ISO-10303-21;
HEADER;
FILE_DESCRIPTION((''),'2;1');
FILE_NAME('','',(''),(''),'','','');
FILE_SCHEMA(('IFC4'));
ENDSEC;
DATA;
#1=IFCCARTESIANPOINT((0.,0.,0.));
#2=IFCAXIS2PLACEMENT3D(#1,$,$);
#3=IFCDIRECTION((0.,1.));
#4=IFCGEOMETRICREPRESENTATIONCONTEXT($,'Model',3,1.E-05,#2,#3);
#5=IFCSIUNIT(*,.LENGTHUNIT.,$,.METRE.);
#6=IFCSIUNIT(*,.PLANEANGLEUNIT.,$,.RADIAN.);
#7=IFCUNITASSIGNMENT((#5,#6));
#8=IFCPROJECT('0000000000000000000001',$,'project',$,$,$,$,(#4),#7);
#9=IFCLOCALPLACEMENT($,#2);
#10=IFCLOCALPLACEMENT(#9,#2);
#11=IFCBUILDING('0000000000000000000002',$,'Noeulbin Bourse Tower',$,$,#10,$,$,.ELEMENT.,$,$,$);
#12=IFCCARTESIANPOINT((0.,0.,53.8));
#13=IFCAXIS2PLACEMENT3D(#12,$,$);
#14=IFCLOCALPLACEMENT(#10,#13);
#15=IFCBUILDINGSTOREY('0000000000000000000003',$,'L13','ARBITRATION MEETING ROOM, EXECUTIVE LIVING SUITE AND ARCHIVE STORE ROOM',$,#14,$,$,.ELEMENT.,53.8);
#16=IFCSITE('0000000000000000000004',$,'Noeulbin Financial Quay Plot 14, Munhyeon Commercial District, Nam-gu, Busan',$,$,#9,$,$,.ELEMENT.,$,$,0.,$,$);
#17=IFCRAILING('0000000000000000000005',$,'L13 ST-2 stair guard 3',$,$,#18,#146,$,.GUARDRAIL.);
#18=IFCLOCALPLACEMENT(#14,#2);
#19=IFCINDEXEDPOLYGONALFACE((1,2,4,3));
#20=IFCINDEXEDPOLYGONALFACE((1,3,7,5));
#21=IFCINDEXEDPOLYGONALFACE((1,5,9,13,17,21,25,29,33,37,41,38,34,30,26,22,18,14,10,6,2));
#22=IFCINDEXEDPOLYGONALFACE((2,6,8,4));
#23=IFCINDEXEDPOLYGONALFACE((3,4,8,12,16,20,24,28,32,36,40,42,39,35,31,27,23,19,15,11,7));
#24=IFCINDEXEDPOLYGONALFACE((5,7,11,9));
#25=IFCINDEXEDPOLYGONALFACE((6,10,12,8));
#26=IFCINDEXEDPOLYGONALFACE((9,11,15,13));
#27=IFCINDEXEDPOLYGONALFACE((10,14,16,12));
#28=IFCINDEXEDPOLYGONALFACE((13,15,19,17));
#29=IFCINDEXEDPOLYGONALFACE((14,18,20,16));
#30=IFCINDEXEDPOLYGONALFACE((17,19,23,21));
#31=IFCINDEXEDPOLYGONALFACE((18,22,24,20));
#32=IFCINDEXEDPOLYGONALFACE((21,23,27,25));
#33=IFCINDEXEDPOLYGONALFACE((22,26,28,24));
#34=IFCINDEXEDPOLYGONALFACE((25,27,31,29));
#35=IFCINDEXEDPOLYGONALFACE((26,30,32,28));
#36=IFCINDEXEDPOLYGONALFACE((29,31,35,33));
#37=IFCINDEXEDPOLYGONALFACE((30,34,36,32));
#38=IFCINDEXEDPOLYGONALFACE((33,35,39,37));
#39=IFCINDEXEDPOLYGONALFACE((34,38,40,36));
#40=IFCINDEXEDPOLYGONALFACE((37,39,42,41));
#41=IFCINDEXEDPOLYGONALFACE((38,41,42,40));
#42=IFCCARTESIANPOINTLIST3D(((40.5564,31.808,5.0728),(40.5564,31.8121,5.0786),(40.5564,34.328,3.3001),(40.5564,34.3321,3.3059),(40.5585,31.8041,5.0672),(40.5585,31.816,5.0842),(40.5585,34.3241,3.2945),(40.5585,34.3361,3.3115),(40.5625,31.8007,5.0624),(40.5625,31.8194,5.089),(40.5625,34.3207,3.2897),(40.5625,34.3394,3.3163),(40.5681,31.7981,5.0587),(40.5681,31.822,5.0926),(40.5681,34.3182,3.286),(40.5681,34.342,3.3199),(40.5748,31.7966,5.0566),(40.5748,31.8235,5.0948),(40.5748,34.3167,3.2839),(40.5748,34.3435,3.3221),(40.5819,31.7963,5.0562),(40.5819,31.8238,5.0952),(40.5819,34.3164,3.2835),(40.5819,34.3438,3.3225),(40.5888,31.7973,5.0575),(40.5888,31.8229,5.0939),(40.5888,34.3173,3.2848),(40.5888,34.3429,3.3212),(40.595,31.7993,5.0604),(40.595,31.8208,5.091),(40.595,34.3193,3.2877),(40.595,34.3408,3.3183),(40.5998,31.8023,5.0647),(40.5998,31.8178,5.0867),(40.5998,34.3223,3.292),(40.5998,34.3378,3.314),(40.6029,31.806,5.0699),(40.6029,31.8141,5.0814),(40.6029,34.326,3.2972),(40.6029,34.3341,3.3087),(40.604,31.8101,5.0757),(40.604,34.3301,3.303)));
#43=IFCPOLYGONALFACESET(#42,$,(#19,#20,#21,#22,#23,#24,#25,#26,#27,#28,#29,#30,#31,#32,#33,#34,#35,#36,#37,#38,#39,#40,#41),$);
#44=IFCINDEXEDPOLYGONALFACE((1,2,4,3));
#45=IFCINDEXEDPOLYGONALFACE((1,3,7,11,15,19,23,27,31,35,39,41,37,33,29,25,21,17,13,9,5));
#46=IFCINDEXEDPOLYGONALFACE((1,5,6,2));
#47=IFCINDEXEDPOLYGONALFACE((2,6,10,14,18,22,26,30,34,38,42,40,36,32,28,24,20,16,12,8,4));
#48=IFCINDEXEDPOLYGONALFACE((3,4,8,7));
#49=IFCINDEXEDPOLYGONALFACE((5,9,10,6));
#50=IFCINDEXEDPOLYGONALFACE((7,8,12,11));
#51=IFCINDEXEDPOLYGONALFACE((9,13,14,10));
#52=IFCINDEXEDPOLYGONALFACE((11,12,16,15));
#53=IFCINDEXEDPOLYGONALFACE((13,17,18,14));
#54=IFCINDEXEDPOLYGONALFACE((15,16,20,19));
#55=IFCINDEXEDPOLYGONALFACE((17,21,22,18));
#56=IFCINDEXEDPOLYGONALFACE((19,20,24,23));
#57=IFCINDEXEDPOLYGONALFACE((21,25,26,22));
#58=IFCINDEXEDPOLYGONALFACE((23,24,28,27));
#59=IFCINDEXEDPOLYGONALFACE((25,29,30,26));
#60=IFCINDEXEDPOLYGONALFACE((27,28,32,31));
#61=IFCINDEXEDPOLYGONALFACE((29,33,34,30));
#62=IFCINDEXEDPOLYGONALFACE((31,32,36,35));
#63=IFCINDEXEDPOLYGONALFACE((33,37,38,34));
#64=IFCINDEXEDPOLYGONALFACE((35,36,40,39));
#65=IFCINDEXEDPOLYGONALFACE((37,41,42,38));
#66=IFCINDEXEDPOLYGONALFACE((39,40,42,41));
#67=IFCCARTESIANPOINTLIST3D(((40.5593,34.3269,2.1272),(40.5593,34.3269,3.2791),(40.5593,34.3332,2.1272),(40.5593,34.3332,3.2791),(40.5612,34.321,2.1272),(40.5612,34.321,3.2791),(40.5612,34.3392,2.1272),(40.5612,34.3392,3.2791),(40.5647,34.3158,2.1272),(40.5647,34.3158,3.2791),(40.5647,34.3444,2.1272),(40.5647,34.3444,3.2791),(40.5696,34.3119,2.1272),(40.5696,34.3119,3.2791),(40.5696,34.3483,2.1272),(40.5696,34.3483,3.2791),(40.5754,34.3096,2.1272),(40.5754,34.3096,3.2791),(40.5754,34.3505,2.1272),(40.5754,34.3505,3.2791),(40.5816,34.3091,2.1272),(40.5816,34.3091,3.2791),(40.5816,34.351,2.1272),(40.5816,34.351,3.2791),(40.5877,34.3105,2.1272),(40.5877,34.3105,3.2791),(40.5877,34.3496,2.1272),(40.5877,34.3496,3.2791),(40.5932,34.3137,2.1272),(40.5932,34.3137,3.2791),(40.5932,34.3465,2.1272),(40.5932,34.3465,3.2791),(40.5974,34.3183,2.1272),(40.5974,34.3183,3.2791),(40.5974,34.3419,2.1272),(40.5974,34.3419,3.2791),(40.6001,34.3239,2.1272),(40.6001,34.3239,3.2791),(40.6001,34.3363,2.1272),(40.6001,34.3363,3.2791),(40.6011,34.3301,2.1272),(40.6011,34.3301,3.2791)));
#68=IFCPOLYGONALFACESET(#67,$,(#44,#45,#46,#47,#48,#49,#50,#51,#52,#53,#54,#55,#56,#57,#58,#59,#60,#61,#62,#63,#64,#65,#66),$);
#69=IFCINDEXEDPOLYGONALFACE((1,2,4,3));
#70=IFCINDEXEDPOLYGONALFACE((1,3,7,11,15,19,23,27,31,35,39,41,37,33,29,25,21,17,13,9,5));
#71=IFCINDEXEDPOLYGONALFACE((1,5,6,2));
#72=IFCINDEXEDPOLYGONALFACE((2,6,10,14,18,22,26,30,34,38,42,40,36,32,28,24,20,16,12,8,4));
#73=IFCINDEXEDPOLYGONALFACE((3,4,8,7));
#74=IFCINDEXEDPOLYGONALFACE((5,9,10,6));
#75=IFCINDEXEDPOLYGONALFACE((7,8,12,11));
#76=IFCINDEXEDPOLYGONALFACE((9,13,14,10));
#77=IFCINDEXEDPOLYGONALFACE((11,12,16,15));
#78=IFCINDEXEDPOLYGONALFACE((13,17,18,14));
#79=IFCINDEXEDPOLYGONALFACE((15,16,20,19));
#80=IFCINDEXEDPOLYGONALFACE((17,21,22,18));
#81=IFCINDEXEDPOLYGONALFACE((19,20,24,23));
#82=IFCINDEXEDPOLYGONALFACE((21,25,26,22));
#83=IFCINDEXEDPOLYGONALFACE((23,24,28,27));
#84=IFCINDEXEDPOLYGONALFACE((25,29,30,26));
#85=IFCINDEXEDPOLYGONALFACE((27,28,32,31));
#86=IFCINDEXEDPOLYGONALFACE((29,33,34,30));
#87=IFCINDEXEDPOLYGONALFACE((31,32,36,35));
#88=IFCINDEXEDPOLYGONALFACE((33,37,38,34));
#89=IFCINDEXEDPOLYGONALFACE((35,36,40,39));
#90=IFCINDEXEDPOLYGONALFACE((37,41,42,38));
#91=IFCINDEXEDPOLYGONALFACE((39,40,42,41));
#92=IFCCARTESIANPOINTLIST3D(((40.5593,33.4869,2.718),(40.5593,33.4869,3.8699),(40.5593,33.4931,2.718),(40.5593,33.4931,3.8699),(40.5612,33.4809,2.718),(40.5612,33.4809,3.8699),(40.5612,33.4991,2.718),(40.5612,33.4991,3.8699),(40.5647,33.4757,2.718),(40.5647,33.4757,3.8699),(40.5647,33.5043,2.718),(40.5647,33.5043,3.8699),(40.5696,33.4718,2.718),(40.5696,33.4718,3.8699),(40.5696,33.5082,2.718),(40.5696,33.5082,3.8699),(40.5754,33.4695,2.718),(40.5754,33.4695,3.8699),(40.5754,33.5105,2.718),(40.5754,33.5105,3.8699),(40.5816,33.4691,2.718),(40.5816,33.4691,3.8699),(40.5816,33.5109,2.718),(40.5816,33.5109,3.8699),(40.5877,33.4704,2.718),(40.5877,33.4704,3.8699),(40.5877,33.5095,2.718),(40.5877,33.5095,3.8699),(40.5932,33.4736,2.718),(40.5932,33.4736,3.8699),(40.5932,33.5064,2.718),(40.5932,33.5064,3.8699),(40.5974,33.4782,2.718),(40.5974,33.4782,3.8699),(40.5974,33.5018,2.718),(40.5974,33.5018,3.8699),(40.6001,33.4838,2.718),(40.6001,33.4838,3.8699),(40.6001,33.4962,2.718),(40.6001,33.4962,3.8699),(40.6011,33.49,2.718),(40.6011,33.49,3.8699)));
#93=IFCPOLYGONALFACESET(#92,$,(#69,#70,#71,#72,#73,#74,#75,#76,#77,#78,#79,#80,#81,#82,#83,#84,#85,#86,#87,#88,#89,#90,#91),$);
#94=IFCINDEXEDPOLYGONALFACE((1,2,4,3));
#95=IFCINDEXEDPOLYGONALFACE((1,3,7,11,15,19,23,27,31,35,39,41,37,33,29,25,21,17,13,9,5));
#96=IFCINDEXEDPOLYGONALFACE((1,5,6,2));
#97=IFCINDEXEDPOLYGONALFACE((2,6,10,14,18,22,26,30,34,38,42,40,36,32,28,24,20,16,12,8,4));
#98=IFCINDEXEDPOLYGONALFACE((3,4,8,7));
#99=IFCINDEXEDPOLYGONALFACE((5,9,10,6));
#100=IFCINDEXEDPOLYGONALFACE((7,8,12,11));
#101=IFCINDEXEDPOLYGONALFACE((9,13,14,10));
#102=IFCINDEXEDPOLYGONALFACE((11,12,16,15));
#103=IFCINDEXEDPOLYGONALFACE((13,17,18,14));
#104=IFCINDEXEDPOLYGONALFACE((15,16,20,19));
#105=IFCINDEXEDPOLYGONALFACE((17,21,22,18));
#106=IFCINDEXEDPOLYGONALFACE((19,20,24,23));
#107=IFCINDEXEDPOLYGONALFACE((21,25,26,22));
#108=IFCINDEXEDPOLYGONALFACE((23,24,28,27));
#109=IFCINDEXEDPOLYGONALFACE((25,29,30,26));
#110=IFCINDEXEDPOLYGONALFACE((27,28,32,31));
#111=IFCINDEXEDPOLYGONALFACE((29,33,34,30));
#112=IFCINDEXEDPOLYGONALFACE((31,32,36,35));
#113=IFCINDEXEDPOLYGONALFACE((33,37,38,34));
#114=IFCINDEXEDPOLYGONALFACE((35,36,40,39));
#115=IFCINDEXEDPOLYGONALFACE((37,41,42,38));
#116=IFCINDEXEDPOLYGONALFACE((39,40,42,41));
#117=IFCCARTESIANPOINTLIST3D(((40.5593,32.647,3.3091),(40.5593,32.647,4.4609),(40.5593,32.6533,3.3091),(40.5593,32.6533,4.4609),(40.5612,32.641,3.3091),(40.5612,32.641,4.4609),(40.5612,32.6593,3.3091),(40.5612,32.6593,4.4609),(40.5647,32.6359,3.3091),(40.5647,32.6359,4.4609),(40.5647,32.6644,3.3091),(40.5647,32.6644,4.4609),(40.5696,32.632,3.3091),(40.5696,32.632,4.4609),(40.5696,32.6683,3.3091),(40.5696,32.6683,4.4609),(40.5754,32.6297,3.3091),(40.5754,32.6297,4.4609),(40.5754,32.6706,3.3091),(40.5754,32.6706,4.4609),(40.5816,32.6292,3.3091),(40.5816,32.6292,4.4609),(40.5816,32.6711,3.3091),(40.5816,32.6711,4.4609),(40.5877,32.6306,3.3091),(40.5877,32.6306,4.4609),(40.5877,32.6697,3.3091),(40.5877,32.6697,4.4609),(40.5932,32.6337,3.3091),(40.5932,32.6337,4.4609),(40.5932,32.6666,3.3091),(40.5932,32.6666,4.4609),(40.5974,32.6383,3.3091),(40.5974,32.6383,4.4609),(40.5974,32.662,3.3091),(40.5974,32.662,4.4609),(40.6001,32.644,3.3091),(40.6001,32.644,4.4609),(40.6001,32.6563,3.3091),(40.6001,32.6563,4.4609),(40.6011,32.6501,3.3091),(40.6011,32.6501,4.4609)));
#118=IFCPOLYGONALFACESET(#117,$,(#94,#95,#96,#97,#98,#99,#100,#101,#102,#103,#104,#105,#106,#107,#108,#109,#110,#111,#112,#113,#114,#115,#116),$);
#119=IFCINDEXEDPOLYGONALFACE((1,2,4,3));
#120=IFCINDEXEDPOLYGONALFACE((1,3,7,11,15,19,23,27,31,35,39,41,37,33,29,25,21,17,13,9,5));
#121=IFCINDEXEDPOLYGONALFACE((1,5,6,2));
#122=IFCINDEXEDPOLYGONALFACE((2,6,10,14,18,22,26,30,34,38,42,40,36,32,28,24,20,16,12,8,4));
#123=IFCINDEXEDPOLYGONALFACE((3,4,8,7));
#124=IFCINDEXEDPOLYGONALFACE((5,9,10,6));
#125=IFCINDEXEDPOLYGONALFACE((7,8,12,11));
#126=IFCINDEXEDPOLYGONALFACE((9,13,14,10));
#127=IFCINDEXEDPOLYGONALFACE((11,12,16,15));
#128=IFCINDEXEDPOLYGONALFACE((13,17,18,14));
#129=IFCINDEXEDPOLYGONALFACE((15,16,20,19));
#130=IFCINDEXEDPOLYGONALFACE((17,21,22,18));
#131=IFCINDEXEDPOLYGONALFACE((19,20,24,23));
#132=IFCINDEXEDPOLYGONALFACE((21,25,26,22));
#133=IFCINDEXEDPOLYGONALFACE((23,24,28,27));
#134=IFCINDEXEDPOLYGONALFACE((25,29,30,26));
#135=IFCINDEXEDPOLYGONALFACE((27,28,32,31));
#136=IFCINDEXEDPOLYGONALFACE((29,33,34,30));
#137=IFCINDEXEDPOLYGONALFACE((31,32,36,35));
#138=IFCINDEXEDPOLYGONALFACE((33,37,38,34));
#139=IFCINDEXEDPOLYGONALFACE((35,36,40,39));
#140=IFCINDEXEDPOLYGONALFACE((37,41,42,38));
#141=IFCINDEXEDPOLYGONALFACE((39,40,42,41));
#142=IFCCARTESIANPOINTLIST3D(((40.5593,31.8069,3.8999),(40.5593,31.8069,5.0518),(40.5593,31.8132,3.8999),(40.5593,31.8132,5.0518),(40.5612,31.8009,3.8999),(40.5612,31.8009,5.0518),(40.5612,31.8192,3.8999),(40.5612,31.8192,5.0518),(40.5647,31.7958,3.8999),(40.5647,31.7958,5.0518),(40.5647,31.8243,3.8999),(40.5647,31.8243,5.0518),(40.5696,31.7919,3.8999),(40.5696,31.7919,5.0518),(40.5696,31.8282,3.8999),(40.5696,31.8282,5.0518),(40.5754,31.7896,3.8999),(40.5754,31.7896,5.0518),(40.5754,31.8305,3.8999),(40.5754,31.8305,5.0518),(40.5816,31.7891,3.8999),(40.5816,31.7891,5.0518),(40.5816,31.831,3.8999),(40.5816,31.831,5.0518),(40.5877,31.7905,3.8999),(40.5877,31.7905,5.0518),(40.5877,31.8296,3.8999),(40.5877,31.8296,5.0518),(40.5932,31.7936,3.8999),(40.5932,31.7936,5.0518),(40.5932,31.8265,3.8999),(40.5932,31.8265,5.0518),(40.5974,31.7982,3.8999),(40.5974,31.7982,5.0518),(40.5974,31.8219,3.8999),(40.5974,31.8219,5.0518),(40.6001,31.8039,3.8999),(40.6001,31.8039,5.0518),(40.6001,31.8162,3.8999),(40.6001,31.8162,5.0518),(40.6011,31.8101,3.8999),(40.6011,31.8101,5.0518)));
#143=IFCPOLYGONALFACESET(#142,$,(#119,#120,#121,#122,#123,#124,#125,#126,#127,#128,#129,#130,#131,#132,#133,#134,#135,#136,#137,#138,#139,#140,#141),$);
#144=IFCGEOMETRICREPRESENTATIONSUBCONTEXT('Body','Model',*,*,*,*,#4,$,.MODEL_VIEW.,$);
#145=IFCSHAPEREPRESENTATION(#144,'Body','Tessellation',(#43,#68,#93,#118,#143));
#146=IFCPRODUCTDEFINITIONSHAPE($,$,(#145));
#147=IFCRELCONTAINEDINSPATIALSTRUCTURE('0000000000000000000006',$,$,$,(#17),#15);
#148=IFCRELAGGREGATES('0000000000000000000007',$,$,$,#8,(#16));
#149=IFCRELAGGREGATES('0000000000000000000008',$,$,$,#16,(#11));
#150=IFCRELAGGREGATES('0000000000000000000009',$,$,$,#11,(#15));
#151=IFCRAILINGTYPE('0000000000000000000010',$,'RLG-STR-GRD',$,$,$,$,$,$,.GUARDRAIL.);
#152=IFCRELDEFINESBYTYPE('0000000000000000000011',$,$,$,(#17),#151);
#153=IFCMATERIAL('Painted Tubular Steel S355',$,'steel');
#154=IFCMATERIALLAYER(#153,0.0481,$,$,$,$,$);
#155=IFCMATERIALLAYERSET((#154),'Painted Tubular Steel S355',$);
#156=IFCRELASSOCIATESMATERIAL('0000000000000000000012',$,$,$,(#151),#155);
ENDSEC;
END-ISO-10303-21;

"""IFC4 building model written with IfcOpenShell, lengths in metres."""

from ifc_helpers import new_model, si_unit, direction, frame, origin, origin_2d, place, context, subcontext, project, spatial, circle, extrude, material, layer, layer_set, type_object, element, save


model = new_model("IFC4")

# Units and contexts
model_context = context("Model", 3, precision=1e-05, world=origin(), true_north=direction((0.0, 1.0)))
body_context = subcontext(model_context, "Body", "Model", "MODEL_VIEW")
ifc_project = project(units=[si_unit("LENGTHUNIT", "METRE"), si_unit("PLANEANGLEUNIT", "RADIAN")], contexts=[model_context])

# Site, building, storey
site_placement = place(None, origin())
site = spatial("IfcSite", under=ifc_project, at=site_placement, Name="Noeulbin Financial Quay Plot 14, Munhyeon Commercial District, Nam-gu, Busan", CompositionType="ELEMENT", RefElevation=0.0)
building_placement = place(site_placement, origin())
building = spatial("IfcBuilding", under=site, at=building_placement, Name="Noeulbin Bourse Tower", CompositionType="ELEMENT")
storey_placement = place(building_placement, frame((0.0, 0.0, 53.8)))
storey = spatial("IfcBuildingStorey", under=building, at=storey_placement, Name="L13", Description="ARBITRATION MEETING ROOM, EXECUTIVE LIVING SUITE AND ARCHIVE STORE ROOM", CompositionType="ELEMENT", Elevation=53.8)

# Railing
ifc_material_1 = material(Name="Painted Tubular Steel S355", Category="steel")
ifc_layer_1 = layer(ifc_material_1, 0.0481)
ifc_layer_set_1 = layer_set([ifc_layer_1], Name="Painted Tubular Steel S355")
railing_type_1 = type_object("IfcRailingType", Name="RLG-STR-GRD", PredefinedType="GUARDRAIL", material=ifc_layer_set_1)
railing_1_placement = place(storey_placement, frame((40.5801, 34.3301, 2.1272)))
element("IfcRailing", 1, at=railing_1_placement, inside=storey, type_object=railing_type_1, Name="L13 ST-2 stair guard 3", PredefinedType="GUARDRAIL", context=body_context, shape_type="SweptSolid", body=[
    extrude(circle(Radius=0.0239, at=origin_2d()), frame((0.0, 0.0, 1.1758), z_axis=(0.0, -0.817904, 0.575354), x_axis=(1.0, 0.0, 0.0)), (0.0, 0.0, 1.0), 3.0811),
    extrude(circle(Radius=0.021, at=origin_2d()), origin(), (0.0, 0.0, 1.0), 1.1519),
    extrude(circle(Radius=0.021, at=origin_2d()), frame((0.0, -0.8401, 0.5908)), (0.0, 0.0, 1.0), 1.1519),
    extrude(circle(Radius=0.021, at=origin_2d()), frame((0.0, -1.6799, 1.1819)), (0.0, 0.0, 1.0), 1.1519),
    extrude(circle(Radius=0.021, at=origin_2d()), frame((0.0, -2.52, 1.7727)), (0.0, 0.0, 1.0), 1.1519),
])

save(model, "model.ifc")
